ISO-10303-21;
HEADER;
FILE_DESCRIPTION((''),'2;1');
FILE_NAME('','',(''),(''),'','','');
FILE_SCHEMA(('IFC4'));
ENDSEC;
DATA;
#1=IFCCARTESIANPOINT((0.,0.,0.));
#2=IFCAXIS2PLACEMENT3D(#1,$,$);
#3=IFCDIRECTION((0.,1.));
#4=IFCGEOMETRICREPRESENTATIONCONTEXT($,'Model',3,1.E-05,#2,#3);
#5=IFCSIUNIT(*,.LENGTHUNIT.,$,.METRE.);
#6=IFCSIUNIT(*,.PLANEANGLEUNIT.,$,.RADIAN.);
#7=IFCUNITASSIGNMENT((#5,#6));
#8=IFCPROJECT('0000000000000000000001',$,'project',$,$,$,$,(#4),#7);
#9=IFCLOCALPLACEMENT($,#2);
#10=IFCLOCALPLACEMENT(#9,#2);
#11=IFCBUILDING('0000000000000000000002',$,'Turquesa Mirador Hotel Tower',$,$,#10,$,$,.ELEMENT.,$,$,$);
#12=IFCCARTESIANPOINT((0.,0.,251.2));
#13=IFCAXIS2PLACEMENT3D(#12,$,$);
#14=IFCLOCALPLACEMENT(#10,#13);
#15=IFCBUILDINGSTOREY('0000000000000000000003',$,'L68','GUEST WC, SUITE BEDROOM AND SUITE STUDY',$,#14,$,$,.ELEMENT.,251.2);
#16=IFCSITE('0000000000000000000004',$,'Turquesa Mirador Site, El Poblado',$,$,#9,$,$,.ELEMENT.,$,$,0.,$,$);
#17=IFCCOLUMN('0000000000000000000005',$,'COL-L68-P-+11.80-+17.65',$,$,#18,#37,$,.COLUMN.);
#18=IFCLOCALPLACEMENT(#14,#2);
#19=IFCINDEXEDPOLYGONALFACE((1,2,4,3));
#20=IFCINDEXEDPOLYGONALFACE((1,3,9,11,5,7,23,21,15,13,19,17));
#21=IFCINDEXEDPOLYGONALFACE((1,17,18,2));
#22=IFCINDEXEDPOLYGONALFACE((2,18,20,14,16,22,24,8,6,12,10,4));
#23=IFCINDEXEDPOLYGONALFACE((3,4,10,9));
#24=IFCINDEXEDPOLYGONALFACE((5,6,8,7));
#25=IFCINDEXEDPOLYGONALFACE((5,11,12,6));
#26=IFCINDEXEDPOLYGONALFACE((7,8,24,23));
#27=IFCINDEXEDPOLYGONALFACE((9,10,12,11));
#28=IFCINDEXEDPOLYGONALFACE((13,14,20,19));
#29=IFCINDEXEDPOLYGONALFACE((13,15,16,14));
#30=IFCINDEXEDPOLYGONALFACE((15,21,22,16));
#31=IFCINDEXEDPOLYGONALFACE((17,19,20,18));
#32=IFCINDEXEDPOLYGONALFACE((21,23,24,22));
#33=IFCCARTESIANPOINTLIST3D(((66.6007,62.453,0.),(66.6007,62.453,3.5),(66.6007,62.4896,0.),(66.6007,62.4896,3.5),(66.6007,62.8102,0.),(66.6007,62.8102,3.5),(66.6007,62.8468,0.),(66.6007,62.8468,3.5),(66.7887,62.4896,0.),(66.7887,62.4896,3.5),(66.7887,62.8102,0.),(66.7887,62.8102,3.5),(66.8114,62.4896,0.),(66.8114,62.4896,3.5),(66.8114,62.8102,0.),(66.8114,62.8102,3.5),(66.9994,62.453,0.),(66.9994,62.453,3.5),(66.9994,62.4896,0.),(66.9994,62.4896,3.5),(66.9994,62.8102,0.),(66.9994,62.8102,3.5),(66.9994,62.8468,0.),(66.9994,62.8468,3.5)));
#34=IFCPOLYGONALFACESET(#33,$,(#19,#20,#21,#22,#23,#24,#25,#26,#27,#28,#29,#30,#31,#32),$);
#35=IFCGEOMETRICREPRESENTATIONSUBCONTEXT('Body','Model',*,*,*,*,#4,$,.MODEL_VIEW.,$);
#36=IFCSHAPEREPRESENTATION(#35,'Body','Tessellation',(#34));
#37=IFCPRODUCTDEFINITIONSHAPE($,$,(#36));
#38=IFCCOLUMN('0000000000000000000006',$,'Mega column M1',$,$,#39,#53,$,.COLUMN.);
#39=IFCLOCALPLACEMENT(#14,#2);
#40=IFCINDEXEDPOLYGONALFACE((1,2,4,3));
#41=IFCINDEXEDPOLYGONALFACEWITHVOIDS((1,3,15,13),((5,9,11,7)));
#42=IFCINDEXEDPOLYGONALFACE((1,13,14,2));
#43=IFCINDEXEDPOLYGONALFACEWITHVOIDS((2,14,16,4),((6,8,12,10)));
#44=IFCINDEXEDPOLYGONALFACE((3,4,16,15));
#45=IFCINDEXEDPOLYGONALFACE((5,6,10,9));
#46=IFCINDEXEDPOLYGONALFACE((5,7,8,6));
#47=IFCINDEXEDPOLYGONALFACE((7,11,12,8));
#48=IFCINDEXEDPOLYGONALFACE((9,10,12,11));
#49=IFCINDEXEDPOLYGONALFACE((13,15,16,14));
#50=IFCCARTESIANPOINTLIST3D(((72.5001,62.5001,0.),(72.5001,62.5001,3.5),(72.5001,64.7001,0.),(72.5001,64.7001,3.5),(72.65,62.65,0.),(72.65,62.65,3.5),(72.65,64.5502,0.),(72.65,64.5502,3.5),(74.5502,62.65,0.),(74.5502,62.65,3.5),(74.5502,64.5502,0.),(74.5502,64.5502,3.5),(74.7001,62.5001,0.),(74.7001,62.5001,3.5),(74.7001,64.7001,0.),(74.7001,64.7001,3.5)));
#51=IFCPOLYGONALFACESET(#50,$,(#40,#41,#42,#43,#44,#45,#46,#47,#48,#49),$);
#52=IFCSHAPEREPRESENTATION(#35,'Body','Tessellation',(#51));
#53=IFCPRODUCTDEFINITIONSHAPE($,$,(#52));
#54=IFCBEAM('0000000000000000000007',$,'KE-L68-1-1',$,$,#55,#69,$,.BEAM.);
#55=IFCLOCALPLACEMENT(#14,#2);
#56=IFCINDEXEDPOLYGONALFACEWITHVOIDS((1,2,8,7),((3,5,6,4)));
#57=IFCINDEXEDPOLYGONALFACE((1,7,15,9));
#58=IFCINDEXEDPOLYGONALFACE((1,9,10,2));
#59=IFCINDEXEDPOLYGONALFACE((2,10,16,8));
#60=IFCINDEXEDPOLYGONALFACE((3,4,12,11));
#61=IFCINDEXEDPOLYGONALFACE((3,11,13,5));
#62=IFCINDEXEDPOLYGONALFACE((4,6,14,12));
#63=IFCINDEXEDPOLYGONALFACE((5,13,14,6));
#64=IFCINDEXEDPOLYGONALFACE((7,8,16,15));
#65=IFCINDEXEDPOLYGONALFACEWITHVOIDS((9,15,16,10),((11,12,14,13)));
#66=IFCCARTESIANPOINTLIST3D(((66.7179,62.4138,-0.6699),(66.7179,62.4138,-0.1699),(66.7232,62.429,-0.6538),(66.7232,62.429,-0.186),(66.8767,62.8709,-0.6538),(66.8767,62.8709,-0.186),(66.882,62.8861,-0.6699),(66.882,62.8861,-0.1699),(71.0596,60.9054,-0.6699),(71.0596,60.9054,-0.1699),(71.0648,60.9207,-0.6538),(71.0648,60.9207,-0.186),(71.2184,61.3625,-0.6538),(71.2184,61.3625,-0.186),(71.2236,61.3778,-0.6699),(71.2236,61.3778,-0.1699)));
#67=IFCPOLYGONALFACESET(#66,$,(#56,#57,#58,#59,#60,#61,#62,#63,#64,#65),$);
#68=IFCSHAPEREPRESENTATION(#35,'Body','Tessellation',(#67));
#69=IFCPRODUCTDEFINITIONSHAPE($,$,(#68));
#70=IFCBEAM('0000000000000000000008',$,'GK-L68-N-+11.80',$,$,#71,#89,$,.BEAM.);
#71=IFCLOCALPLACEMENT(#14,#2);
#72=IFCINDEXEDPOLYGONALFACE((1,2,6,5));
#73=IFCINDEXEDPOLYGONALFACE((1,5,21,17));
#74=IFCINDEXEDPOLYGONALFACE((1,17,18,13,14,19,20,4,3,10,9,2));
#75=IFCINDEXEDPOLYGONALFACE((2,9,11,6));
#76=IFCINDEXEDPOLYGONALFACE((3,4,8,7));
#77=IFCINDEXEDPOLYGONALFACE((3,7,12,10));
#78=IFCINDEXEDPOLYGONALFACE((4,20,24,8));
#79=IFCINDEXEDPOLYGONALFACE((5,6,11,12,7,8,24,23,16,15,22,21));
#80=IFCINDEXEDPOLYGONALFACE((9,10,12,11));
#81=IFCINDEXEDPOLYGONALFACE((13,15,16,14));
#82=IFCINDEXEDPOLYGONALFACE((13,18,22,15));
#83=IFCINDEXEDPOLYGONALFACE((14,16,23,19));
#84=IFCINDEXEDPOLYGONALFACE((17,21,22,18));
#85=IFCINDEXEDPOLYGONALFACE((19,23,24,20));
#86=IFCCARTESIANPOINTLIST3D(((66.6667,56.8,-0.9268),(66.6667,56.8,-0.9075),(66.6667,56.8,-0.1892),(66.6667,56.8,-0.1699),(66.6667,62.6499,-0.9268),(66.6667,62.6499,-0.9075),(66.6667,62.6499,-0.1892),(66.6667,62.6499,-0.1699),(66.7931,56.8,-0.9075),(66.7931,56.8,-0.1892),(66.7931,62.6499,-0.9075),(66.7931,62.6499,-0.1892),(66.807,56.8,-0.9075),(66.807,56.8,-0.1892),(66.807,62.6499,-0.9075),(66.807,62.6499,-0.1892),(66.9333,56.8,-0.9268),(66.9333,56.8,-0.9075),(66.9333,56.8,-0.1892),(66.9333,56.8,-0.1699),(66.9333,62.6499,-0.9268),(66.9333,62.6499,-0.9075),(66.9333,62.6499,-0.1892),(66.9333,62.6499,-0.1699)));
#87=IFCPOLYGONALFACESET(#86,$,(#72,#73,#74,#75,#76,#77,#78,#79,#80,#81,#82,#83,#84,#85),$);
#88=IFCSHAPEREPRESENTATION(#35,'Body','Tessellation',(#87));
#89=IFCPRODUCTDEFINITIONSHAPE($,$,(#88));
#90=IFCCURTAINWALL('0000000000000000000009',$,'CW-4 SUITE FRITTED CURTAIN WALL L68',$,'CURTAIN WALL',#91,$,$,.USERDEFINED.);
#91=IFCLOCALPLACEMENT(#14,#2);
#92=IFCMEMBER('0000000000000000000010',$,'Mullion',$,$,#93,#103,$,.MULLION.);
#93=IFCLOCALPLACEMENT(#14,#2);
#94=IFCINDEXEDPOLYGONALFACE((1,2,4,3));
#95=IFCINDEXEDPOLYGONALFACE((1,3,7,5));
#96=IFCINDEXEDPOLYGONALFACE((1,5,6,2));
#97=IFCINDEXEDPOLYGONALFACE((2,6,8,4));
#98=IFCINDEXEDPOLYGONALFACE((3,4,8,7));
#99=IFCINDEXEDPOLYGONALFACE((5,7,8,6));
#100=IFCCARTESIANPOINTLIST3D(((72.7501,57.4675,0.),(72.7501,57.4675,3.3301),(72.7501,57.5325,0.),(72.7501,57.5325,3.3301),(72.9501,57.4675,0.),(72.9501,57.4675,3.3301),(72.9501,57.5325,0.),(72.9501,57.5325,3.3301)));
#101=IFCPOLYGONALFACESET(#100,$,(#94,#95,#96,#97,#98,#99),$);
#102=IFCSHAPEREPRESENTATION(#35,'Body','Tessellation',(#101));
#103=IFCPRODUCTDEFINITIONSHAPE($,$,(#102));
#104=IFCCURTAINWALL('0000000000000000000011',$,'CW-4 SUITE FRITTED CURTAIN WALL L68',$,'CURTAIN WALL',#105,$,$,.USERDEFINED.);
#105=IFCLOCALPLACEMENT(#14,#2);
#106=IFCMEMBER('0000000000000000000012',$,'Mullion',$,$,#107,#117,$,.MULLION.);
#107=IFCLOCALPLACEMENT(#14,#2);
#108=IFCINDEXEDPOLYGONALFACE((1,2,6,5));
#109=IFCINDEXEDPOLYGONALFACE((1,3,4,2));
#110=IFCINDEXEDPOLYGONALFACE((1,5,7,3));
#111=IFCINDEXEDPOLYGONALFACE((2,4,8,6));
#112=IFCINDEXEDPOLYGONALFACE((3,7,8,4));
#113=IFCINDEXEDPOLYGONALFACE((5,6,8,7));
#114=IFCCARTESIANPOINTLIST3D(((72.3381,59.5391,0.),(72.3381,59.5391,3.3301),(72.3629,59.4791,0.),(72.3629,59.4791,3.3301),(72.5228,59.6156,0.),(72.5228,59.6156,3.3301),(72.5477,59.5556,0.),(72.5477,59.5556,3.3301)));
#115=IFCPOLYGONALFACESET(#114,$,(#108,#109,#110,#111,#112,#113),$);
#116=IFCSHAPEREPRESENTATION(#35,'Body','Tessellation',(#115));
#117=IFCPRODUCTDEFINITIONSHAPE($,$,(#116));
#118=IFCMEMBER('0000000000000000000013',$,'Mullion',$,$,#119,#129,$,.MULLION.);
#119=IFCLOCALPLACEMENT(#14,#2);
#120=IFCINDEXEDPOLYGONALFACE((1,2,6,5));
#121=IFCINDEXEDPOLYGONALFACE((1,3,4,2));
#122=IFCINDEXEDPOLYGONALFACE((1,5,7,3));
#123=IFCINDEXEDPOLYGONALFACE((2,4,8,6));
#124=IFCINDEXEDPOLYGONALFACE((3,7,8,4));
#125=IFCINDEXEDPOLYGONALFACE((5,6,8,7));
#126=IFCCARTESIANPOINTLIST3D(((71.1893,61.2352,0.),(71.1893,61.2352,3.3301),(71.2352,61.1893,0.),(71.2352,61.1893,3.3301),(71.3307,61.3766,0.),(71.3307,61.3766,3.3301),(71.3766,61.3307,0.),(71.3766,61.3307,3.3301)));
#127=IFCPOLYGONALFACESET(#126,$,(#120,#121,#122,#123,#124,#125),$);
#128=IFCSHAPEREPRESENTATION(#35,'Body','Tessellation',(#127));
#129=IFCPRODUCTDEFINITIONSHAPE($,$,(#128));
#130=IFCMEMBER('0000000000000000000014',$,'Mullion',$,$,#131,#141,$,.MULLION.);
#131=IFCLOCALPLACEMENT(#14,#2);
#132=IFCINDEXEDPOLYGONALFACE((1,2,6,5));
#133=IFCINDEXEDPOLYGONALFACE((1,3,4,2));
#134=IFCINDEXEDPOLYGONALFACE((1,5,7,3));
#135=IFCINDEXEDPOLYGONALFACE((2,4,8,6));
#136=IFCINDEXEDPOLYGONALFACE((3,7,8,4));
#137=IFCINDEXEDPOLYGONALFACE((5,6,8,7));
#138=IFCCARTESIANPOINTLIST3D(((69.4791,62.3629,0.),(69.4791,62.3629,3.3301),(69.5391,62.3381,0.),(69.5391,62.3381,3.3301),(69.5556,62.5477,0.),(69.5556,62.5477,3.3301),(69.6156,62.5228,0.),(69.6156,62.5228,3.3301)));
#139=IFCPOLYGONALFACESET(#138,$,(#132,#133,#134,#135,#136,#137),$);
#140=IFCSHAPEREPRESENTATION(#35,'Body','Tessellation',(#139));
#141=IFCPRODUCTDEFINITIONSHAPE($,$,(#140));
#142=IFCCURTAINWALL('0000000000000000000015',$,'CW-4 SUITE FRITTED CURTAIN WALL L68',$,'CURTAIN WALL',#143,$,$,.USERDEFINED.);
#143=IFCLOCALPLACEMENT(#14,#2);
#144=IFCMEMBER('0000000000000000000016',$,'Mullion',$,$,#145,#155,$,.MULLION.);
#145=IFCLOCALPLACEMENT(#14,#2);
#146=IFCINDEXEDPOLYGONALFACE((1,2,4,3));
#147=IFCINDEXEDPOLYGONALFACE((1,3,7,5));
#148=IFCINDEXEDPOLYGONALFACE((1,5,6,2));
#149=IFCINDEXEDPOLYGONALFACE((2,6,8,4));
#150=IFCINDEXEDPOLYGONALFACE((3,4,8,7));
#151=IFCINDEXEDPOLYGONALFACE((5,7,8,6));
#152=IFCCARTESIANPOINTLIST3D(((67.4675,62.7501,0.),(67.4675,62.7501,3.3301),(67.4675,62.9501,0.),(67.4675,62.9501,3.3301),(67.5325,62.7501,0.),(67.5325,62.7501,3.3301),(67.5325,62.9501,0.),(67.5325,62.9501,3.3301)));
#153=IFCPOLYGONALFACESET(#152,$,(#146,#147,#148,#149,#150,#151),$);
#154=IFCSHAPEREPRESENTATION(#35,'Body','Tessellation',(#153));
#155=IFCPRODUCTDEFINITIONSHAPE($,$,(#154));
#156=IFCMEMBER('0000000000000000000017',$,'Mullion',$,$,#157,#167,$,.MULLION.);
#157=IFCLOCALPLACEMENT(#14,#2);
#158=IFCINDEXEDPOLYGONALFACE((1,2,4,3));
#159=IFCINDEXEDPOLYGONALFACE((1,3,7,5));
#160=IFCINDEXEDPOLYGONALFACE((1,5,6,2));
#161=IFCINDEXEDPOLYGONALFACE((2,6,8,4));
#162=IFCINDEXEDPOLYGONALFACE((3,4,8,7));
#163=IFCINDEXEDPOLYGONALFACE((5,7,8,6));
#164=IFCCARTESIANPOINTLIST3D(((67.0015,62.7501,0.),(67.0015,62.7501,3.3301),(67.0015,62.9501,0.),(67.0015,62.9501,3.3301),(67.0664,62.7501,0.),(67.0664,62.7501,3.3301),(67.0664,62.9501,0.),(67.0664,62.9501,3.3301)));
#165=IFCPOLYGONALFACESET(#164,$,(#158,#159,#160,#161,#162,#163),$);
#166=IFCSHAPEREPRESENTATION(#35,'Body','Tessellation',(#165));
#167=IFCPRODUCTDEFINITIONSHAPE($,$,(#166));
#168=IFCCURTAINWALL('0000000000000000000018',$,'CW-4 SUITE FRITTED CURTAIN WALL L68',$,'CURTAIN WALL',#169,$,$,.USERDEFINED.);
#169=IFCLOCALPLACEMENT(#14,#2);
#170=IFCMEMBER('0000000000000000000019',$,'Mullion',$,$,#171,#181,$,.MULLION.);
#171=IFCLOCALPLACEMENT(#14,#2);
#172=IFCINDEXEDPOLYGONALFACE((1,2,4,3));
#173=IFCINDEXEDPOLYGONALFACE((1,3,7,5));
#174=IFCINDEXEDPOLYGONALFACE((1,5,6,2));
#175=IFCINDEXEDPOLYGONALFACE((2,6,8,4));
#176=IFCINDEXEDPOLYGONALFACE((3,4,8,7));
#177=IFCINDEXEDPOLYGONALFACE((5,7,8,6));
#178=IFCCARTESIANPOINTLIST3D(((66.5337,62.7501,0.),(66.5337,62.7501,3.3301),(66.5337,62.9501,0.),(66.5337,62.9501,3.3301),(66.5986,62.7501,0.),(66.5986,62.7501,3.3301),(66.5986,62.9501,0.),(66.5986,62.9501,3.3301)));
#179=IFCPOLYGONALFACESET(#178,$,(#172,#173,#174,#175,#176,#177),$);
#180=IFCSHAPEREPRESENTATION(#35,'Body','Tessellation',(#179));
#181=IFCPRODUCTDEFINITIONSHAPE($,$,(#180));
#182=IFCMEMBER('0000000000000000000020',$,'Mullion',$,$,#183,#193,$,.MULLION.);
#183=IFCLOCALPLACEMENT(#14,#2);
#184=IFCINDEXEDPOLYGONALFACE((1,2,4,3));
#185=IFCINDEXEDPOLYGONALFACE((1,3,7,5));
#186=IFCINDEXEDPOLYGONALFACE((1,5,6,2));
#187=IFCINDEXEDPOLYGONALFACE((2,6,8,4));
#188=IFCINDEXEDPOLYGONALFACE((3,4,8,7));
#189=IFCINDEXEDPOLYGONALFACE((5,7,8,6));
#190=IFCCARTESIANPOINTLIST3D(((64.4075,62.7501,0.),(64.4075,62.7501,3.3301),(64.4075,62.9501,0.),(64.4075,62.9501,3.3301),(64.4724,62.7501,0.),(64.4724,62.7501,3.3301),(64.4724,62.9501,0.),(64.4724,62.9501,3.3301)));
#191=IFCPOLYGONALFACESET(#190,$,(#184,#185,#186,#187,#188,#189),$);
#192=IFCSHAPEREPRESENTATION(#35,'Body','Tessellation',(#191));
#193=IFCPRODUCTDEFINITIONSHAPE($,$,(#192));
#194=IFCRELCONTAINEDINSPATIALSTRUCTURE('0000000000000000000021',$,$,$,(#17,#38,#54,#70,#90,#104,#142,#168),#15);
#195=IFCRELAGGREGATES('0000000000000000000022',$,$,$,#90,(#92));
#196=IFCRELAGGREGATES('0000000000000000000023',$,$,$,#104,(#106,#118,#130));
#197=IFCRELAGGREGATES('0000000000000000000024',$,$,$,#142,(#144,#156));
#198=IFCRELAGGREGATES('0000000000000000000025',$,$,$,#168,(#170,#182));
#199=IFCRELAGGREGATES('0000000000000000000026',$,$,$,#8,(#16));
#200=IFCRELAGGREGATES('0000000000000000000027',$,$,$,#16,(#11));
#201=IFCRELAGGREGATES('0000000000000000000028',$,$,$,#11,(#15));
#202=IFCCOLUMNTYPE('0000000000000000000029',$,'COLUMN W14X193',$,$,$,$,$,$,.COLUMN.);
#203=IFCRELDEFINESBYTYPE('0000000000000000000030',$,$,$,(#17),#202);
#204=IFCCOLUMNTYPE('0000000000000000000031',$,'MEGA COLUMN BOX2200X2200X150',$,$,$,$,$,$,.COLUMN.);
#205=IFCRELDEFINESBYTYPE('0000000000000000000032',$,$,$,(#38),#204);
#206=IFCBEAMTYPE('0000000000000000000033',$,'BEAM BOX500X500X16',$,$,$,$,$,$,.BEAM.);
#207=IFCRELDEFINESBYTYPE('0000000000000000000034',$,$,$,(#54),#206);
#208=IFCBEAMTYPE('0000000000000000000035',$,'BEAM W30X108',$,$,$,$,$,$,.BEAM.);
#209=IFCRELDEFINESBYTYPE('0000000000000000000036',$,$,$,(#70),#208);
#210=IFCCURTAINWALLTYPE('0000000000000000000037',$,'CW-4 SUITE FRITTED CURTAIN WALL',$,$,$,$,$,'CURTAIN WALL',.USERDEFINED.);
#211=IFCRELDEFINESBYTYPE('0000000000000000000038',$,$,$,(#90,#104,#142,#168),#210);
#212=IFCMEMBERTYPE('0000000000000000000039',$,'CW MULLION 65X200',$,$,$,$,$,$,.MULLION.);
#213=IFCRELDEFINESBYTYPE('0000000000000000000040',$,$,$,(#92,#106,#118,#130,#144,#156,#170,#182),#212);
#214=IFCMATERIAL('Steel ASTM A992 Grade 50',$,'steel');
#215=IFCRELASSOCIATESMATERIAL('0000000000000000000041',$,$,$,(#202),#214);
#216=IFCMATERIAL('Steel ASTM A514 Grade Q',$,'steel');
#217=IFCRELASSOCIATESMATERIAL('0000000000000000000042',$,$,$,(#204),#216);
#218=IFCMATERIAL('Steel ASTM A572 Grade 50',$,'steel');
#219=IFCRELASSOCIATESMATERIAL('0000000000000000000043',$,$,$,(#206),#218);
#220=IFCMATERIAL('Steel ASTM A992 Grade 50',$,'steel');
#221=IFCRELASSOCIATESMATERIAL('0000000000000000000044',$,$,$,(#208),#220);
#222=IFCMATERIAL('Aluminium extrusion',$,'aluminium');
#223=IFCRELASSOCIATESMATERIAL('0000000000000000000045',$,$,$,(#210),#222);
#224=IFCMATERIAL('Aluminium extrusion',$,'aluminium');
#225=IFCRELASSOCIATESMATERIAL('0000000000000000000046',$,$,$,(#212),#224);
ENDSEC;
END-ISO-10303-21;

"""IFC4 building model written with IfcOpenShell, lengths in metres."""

from ifc_helpers import new_model, si_unit, direction, frame, origin, origin_2d, place, context, subcontext, project, spatial, rectangle, hollow_rectangle, i_section, extrude, material, material_profile, profile_set, type_object, element, aggregate, save


model = new_model("IFC4")

# Units and contexts
model_context = context("Model", 3, precision=1e-05, world=origin(), true_north=direction((0.0, 1.0)))
body_context = subcontext(model_context, "Body", "Model", "MODEL_VIEW")
ifc_project = project(units=[si_unit("LENGTHUNIT", "METRE"), si_unit("PLANEANGLEUNIT", "RADIAN")], contexts=[model_context])

# Site, building, storey
site_placement = place(None, origin())
site = spatial("IfcSite", under=ifc_project, at=site_placement, Name="Turquesa Mirador Site, El Poblado", CompositionType="ELEMENT", RefElevation=0.0)
building_placement = place(site_placement, origin())
building = spatial("IfcBuilding", under=site, at=building_placement, Name="Turquesa Mirador Hotel Tower", CompositionType="ELEMENT")
storey_placement = place(building_placement, frame((0.0, 0.0, 251.2)))
storey = spatial("IfcBuildingStorey", under=building, at=storey_placement, Name="L68", Description="GUEST WC, SUITE BEDROOM AND SUITE STUDY", CompositionType="ELEMENT", Elevation=251.2)

# Columns
ifc_material_1 = material(Name="Steel ASTM A992 Grade 50", Category="steel")
ifc_material_profile_1 = material_profile(ifc_material_1, i_section(OverallWidth=0.3987, OverallDepth=0.3938, WebThickness=0.0227, FlangeThickness=0.0366, at=origin_2d()), Name="W14X193")
ifc_profile_set_1 = profile_set([ifc_material_profile_1], Name="Steel ASTM A992 Grade 50")
column_type_1 = type_object("IfcColumnType", Name="COLUMN W14X193", PredefinedType="COLUMN", material=ifc_profile_set_1)
column_1_placement = place(storey_placement, frame((66.8, 62.6499, 0.0), z_axis=(0.0, 0.0, 1.0), x_axis=(1.0, 0.0, 0.0)))
element("IfcColumn", 1, at=column_1_placement, inside=storey, type_object=column_type_1, Name="COL-L68-P-+11.80-+17.65", PredefinedType="COLUMN", context=body_context, shape_type="SweptSolid", body=[
    extrude(i_section(OverallWidth=0.3987, OverallDepth=0.3938, WebThickness=0.0227, FlangeThickness=0.0366, at=origin_2d()), origin(), (0.0, 0.0, 1.0), 3.5),
])
ifc_material_2 = material(Name="Steel ASTM A514 Grade Q", Category="steel")
ifc_material_profile_2 = material_profile(ifc_material_2, hollow_rectangle(XDim=2.2, YDim=2.2, WallThickness=0.1499, at=origin_2d()), Name="BOX2200X2200X150")
ifc_profile_set_2 = profile_set([ifc_material_profile_2], Name="Steel ASTM A514 Grade Q")
column_type_2 = type_object("IfcColumnType", Name="MEGA COLUMN BOX2200X2200X150", PredefinedType="COLUMN", material=ifc_profile_set_2)
column_2_placement = place(storey_placement, frame((73.6001, 63.6001, 0.0), z_axis=(0.0, 0.0, 1.0), x_axis=(1.0, 0.0, 0.0)))
element("IfcColumn", 2, at=column_2_placement, inside=storey, type_object=column_type_2, Name="Mega column M1", PredefinedType="COLUMN", context=body_context, shape_type="SweptSolid", body=[
    extrude(hollow_rectangle(XDim=2.2, YDim=2.2, WallThickness=0.1499, at=origin_2d()), origin(), (0.0, 0.0, 1.0), 3.5),
])

# Beams
ifc_material_3 = material(Name="Steel ASTM A572 Grade 50", Category="steel")
ifc_material_profile_3 = material_profile(ifc_material_3, hollow_rectangle(XDim=0.5, YDim=0.5, WallThickness=0.0161, at=origin_2d()), Name="BOX500X500X16")
ifc_profile_set_3 = profile_set([ifc_material_profile_3], Name="Steel ASTM A572 Grade 50")
beam_type_1 = type_object("IfcBeamType", Name="BEAM BOX500X500X16", PredefinedType="BEAM", material=ifc_profile_set_3)
beam_1_placement = place(storey_placement, frame((71.1416, 61.1416, -0.4199), z_axis=(-0.944619, 0.32817, 0.0), x_axis=(-0.32817, -0.944619, 0.0)))
element("IfcBeam", 3, at=beam_1_placement, inside=storey, type_object=beam_type_1, Name="KE-L68-1-1", PredefinedType="BEAM", context=body_context, shape_type="SweptSolid", body=[
    extrude(hollow_rectangle(XDim=0.5, YDim=0.5, WallThickness=0.0161, at=origin_2d()), origin(), (0.0, 0.0, 1.0), 4.5962),
])
ifc_material_4 = material(Name="Steel ASTM A992 Grade 50", Category="steel")
ifc_material_profile_4 = material_profile(ifc_material_4, i_section(OverallWidth=0.2666, OverallDepth=0.7568, WebThickness=0.0139, FlangeThickness=0.0193, at=origin_2d()), Name="W30X108")
ifc_profile_set_4 = profile_set([ifc_material_profile_4], Name="Steel ASTM A992 Grade 50")
beam_type_2 = type_object("IfcBeamType", Name="BEAM W30X108", PredefinedType="BEAM", material=ifc_profile_set_4)
beam_2_placement = place(storey_placement, frame((66.8, 62.6499, -0.5483), z_axis=(0.0, -1.0, 0.0), x_axis=(1.0, 0.0, 0.0)))
element("IfcBeam", 4, at=beam_2_placement, inside=storey, type_object=beam_type_2, Name="GK-L68-N-+11.80", PredefinedType="BEAM", context=body_context, shape_type="SweptSolid", body=[
    extrude(i_section(OverallWidth=0.2666, OverallDepth=0.7568, WebThickness=0.0139, FlangeThickness=0.0193, at=origin_2d()), origin(), (0.0, 0.0, 1.0), 5.8499),
])

# Curtain wall, member
ifc_material_5 = material(Name="Aluminium extrusion", Category="aluminium")
curtain_wall_type = type_object("IfcCurtainWallType", Name="CW-4 SUITE FRITTED CURTAIN WALL", ElementType="CURTAIN WALL", PredefinedType="USERDEFINED", material=ifc_material_5)
curtain_wall_1_placement = place(storey_placement, origin())
curtain_wall_1 = element("IfcCurtainWall", 5, at=curtain_wall_1_placement, inside=storey, type_object=curtain_wall_type, Name="CW-4 SUITE FRITTED CURTAIN WALL L68", ObjectType="CURTAIN WALL", PredefinedType="USERDEFINED")
ifc_material_6 = material(Name="Aluminium extrusion", Category="aluminium")
ifc_material_profile_5 = material_profile(ifc_material_6, rectangle(XDim=0.0649, YDim=0.2, at=origin_2d()), Name="MULLION 65X200")
ifc_profile_set_5 = profile_set([ifc_material_profile_5], Name="Aluminium extrusion")
member_type_1 = type_object("IfcMemberType", Name="CW MULLION 65X200", PredefinedType="MULLION", material=ifc_profile_set_5)
member_1_placement = place(storey_placement, frame((72.8501, 57.5, 0.0), z_axis=(0.0, 0.0, 1.0), x_axis=(0.0, 1.0, 0.0)))
member_1 = element("IfcMember", 6, at=member_1_placement, type_object=member_type_1, Name="Mullion", PredefinedType="MULLION", context=body_context, shape_type="SweptSolid", body=[
    extrude(rectangle(XDim=0.0649, YDim=0.2, at=origin_2d()), origin(), (0.0, 0.0, 1.0), 3.3301),
])

# Curtain walls, members
curtain_wall_2_placement = place(storey_placement, origin())
curtain_wall_2 = element("IfcCurtainWall", 7, at=curtain_wall_2_placement, inside=storey, type_object=curtain_wall_type, Name="CW-4 SUITE FRITTED CURTAIN WALL L68", ObjectType="CURTAIN WALL", PredefinedType="USERDEFINED")
member_2_placement = place(storey_placement, frame((72.4429, 59.5474, 0.0), z_axis=(0.0, 0.0, 1.0), x_axis=(-0.382683, 0.92388, 0.0)))
member_2 = element("IfcMember", 8, at=member_2_placement, type_object=member_type_1, Name="Mullion", PredefinedType="MULLION", context=body_context, shape_type="SweptSolid", body=[
    extrude(rectangle(XDim=0.0649, YDim=0.2, at=origin_2d()), origin(), (0.0, 0.0, 1.0), 3.3301),
])
member_3_placement = place(storey_placement, frame((71.283, 61.283, 0.0), z_axis=(0.0, 0.0, 1.0), x_axis=(-0.707107, 0.707107, 0.0)))
member_3 = element("IfcMember", 9, at=member_3_placement, type_object=member_type_1, Name="Mullion", PredefinedType="MULLION", context=body_context, shape_type="SweptSolid", body=[
    extrude(rectangle(XDim=0.0649, YDim=0.2, at=origin_2d()), origin(), (0.0, 0.0, 1.0), 3.3301),
])
member_4_placement = place(storey_placement, frame((69.5474, 62.4429, 0.0), z_axis=(0.0, 0.0, 1.0), x_axis=(-0.92388, 0.382683, 0.0)))
member_4 = element("IfcMember", 10, at=member_4_placement, type_object=member_type_1, Name="Mullion", PredefinedType="MULLION", context=body_context, shape_type="SweptSolid", body=[
    extrude(rectangle(XDim=0.0649, YDim=0.2, at=origin_2d()), origin(), (0.0, 0.0, 1.0), 3.3301),
])
curtain_wall_3_placement = place(storey_placement, origin())
curtain_wall_3 = element("IfcCurtainWall", 11, at=curtain_wall_3_placement, inside=storey, type_object=curtain_wall_type, Name="CW-4 SUITE FRITTED CURTAIN WALL L68", ObjectType="CURTAIN WALL", PredefinedType="USERDEFINED")
member_5_placement = place(storey_placement, frame((67.5, 62.8501, 0.0), z_axis=(0.0, 0.0, 1.0), x_axis=(-1.0, 0.0, 0.0)))
member_5 = element("IfcMember", 12, at=member_5_placement, type_object=member_type_1, Name="Mullion", PredefinedType="MULLION", context=body_context, shape_type="SweptSolid", body=[
    extrude(rectangle(XDim=0.0649, YDim=0.2, at=origin_2d()), origin(), (0.0, 0.0, 1.0), 3.3301),
])
member_6_placement = place(storey_placement, frame((67.0339, 62.8501, 0.0), z_axis=(0.0, 0.0, 1.0), x_axis=(-1.0, 0.0, 0.0)))
member_6 = element("IfcMember", 13, at=member_6_placement, type_object=member_type_1, Name="Mullion", PredefinedType="MULLION", context=body_context, shape_type="SweptSolid", body=[
    extrude(rectangle(XDim=0.0649, YDim=0.2, at=origin_2d()), origin(), (0.0, 0.0, 1.0), 3.3301),
])
curtain_wall_4_placement = place(storey_placement, origin())
curtain_wall_4 = element("IfcCurtainWall", 14, at=curtain_wall_4_placement, inside=storey, type_object=curtain_wall_type, Name="CW-4 SUITE FRITTED CURTAIN WALL L68", ObjectType="CURTAIN WALL", PredefinedType="USERDEFINED")
member_7_placement = place(storey_placement, frame((66.5662, 62.8501, 0.0), z_axis=(0.0, 0.0, 1.0), x_axis=(-1.0, 0.0, 0.0)))
member_7 = element("IfcMember", 15, at=member_7_placement, type_object=member_type_1, Name="Mullion", PredefinedType="MULLION", context=body_context, shape_type="SweptSolid", body=[
    extrude(rectangle(XDim=0.0649, YDim=0.2, at=origin_2d()), origin(), (0.0, 0.0, 1.0), 3.3301),
])
member_8_placement = place(storey_placement, frame((64.4399, 62.8501, 0.0), z_axis=(0.0, 0.0, 1.0), x_axis=(-1.0, 0.0, 0.0)))
member_8 = element("IfcMember", 16, at=member_8_placement, type_object=member_type_1, Name="Mullion", PredefinedType="MULLION", context=body_context, shape_type="SweptSolid", body=[
    extrude(rectangle(XDim=0.0649, YDim=0.2, at=origin_2d()), origin(), (0.0, 0.0, 1.0), 3.3301),
])

aggregate(curtain_wall_1, [member_1])
aggregate(curtain_wall_2, [member_2, member_3, member_4])
aggregate(curtain_wall_3, [member_5, member_6])
aggregate(curtain_wall_4, [member_7, member_8])

save(model, "model.ifc")
